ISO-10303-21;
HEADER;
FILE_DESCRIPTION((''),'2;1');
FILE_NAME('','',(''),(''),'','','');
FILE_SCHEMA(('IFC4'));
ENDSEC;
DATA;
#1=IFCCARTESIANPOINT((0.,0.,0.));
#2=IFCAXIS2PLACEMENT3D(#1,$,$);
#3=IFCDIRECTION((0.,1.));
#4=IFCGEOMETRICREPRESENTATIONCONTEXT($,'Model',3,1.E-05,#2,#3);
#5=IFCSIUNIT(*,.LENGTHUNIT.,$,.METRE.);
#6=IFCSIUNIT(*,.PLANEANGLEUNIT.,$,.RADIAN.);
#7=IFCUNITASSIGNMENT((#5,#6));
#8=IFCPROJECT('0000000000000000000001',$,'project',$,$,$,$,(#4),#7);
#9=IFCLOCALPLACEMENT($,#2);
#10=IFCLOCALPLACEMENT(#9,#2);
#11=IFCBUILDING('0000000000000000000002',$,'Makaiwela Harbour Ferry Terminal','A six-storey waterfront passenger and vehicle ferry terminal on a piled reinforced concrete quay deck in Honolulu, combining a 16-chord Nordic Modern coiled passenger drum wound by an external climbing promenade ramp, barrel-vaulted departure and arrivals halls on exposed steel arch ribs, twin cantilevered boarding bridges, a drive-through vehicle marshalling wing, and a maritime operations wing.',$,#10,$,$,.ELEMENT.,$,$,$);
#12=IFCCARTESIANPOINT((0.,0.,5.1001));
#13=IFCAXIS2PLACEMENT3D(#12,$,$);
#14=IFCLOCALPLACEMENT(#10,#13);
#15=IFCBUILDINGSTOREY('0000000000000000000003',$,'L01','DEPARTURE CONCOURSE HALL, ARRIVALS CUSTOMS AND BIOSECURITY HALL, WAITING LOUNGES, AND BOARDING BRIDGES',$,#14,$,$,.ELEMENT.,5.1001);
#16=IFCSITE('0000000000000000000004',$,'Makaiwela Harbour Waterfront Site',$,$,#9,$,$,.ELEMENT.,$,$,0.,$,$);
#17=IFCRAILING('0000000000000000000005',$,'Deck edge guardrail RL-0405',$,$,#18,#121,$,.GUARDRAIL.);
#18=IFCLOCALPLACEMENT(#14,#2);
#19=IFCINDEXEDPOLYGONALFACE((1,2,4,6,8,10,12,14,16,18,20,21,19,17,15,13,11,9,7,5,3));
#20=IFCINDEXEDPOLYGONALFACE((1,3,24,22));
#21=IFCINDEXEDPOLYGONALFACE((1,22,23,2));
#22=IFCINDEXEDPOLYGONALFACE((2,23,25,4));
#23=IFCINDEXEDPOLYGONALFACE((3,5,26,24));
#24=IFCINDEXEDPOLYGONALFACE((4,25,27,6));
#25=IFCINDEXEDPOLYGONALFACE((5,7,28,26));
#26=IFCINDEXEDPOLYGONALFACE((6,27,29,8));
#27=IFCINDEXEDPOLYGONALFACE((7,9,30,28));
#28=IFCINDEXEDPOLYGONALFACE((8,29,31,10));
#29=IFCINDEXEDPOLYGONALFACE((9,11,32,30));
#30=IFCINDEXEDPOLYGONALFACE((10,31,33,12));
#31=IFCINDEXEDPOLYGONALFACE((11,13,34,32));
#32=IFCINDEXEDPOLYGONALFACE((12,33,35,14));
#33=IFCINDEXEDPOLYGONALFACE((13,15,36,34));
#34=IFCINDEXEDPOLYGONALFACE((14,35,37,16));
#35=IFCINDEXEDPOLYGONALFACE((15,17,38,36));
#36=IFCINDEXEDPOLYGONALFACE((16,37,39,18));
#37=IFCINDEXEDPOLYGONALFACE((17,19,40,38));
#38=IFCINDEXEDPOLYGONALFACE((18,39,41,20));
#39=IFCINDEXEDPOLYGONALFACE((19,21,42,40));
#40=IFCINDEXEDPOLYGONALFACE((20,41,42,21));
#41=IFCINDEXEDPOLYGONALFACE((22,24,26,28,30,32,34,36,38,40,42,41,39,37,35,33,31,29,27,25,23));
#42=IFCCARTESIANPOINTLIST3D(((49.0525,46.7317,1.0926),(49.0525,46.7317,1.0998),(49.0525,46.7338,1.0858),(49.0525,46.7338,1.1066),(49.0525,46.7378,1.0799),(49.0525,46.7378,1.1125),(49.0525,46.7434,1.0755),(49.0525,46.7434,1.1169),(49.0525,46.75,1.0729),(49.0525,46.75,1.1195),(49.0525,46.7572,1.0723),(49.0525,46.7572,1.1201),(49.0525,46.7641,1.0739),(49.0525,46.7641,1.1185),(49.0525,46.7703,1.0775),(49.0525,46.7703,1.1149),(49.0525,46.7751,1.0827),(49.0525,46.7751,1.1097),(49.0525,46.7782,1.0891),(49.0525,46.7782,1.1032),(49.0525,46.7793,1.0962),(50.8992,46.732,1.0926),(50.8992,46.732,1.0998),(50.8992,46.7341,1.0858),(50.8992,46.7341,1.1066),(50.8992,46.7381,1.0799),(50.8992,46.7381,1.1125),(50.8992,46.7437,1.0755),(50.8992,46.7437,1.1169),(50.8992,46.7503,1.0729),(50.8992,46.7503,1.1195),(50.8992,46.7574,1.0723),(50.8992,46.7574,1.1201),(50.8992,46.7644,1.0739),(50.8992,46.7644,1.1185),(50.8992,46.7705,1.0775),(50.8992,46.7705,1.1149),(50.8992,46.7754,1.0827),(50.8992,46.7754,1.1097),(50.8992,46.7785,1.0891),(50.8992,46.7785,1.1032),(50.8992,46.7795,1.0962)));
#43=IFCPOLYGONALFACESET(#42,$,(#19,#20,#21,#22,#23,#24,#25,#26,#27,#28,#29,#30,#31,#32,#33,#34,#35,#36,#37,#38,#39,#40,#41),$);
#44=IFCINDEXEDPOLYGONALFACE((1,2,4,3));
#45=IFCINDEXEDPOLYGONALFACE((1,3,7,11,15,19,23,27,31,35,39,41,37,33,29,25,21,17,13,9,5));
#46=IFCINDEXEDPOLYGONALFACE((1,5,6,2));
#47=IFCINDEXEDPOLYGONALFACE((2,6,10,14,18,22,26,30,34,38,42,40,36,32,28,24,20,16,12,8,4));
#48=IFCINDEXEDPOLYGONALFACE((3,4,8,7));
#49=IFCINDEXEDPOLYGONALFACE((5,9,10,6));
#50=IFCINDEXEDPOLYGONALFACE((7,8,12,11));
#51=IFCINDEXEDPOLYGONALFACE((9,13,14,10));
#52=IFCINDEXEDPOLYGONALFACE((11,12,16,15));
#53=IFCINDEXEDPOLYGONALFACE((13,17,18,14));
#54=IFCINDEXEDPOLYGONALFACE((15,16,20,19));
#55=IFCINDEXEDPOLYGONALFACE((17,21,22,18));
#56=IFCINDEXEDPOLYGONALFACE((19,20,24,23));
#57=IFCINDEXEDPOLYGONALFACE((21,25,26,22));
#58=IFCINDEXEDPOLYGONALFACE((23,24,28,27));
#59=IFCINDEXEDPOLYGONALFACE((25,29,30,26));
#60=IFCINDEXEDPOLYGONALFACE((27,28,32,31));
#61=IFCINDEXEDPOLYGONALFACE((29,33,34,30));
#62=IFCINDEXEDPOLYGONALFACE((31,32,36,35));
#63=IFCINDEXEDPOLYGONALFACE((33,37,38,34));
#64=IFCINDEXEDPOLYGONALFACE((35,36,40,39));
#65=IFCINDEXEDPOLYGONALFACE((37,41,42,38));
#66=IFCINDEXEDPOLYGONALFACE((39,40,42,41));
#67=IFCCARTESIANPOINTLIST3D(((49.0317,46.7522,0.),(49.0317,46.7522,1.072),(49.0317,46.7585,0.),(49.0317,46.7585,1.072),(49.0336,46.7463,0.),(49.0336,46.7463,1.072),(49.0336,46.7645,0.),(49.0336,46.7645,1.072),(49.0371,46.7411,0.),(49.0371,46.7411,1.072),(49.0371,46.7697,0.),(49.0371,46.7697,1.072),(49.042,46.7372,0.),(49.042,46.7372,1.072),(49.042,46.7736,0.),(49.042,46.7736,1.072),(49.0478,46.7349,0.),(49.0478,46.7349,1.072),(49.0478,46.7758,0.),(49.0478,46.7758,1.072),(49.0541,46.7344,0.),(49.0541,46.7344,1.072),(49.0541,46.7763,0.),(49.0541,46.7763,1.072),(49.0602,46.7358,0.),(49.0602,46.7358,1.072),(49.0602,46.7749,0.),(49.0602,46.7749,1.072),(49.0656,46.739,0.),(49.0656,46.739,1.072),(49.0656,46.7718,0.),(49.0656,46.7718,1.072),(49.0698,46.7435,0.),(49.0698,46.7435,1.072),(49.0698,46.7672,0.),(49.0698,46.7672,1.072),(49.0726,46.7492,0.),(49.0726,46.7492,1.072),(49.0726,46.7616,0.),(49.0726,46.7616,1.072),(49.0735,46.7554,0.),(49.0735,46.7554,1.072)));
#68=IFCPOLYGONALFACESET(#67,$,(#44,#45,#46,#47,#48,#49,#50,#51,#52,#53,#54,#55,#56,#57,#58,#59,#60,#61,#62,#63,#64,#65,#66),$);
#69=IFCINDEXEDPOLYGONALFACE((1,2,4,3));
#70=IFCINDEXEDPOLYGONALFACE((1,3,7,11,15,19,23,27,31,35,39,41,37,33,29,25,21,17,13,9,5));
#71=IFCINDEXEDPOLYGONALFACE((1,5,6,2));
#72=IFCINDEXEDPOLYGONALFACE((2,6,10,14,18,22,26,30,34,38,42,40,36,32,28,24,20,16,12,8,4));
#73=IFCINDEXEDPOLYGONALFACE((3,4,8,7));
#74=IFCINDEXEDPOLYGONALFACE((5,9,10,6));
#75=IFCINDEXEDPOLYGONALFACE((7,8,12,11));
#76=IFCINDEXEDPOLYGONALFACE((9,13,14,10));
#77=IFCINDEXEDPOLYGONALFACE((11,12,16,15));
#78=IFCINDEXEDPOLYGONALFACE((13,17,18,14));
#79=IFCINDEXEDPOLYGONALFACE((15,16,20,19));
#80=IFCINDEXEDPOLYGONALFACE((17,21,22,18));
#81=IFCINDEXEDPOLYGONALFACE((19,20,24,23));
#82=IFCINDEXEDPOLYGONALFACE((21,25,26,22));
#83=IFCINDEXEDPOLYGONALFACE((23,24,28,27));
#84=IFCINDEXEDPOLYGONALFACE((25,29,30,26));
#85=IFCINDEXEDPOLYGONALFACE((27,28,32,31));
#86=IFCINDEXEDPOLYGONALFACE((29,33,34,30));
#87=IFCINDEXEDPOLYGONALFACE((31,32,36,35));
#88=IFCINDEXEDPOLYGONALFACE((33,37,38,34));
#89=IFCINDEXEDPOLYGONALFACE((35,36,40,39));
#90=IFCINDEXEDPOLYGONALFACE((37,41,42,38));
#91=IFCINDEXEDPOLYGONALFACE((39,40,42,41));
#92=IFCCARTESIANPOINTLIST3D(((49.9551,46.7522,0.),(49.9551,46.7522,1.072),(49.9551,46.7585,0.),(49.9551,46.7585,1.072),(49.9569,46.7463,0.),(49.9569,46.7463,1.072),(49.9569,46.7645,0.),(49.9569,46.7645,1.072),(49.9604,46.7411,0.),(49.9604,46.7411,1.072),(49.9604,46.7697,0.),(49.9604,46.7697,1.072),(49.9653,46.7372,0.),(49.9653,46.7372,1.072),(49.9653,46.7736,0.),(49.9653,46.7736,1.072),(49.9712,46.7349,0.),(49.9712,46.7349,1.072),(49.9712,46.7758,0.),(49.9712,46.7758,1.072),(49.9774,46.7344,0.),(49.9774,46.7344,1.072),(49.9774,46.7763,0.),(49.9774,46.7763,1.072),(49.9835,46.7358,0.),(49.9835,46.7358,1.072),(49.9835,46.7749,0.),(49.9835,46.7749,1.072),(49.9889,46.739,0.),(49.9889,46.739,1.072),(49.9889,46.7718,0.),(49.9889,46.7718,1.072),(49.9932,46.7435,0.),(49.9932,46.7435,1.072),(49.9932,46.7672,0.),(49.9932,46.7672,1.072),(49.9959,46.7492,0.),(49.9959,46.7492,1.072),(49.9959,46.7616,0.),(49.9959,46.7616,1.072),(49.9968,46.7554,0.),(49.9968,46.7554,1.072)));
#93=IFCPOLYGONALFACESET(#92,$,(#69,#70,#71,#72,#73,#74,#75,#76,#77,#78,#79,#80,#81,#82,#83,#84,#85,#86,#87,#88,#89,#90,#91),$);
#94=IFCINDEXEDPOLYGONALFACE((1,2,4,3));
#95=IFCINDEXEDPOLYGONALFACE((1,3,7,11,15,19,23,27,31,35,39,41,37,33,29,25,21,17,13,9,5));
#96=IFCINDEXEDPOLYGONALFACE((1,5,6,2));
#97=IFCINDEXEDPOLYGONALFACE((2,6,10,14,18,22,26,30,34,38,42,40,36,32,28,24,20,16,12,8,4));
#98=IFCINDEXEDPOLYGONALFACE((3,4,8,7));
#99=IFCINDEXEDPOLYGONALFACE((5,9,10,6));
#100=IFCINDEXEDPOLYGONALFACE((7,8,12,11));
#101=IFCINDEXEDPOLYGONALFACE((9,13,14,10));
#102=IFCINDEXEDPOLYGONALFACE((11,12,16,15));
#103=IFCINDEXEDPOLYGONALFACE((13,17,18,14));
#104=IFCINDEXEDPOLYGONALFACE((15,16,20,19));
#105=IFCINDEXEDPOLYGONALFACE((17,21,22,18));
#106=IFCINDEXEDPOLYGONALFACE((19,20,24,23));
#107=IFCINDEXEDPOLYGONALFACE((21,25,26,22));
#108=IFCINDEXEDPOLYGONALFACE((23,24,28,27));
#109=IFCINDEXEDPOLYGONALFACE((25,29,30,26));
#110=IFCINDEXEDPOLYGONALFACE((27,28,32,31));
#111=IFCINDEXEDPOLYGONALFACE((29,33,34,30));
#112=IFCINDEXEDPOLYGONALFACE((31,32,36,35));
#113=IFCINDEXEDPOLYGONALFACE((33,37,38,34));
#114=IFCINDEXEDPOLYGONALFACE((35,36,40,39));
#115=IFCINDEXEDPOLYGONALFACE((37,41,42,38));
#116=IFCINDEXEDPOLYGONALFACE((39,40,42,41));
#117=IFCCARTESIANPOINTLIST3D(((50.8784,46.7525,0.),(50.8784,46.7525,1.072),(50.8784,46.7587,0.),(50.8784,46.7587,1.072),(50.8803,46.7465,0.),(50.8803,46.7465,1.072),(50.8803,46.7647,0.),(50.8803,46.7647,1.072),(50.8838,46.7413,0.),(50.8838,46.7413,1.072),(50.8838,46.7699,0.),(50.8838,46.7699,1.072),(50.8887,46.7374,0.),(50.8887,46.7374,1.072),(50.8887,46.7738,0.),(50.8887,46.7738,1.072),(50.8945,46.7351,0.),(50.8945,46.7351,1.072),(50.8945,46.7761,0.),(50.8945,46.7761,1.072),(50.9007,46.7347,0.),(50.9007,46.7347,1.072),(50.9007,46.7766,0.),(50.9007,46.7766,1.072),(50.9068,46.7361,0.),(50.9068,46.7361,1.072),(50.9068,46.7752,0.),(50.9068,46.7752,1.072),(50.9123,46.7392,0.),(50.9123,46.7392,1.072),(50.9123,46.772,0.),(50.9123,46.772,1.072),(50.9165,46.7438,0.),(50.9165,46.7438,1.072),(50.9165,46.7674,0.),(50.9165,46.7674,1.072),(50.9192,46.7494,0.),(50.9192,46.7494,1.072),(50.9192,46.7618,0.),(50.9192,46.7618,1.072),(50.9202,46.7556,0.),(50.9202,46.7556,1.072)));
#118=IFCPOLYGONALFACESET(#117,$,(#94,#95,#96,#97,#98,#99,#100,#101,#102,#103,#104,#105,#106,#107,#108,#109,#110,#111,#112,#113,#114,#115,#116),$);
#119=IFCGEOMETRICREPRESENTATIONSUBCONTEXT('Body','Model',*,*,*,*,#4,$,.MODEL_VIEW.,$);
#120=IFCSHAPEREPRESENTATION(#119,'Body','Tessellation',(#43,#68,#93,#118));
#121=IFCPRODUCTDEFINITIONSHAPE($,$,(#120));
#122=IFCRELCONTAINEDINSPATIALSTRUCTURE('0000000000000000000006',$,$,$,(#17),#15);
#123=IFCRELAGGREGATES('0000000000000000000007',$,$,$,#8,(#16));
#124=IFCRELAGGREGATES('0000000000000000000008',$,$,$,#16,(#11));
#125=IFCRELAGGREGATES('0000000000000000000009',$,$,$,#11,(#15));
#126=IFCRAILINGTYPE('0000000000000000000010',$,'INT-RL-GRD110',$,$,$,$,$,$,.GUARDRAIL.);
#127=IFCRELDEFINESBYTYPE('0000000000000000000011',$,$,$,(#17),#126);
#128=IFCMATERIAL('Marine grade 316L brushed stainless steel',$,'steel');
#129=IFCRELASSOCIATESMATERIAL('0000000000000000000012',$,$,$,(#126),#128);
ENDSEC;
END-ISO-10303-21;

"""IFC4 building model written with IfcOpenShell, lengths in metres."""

from ifc_helpers import new_model, si_unit, direction, frame, origin, origin_2d, place, context, subcontext, project, spatial, circle, extrude, material, type_object, element, save


model = new_model("IFC4")

# Units and contexts
model_context = context("Model", 3, precision=1e-05, world=origin(), true_north=direction((0.0, 1.0)))
body_context = subcontext(model_context, "Body", "Model", "MODEL_VIEW")
ifc_project = project(units=[si_unit("LENGTHUNIT", "METRE"), si_unit("PLANEANGLEUNIT", "RADIAN")], contexts=[model_context])

# Site, building, storey
site_placement = place(None, origin())
site = spatial("IfcSite", under=ifc_project, at=site_placement, Name="Makaiwela Harbour Waterfront Site", CompositionType="ELEMENT", RefElevation=0.0)
building_placement = place(site_placement, origin())
building = spatial("IfcBuilding", under=site, at=building_placement, Name="Makaiwela Harbour Ferry Terminal", Description="A six-storey waterfront passenger and vehicle ferry terminal on a piled reinforced concrete quay deck in Honolulu, combining a 16-chord Nordic Modern coiled passenger drum wound by an external climbing promenade ramp, barrel-vaulted departure and arrivals halls on exposed steel arch ribs, twin cantilevered boarding bridges, a drive-through vehicle marshalling wing, and a maritime operations wing.", CompositionType="ELEMENT")
storey_placement = place(building_placement, frame((0.0, 0.0, 5.1001)))
storey = spatial("IfcBuildingStorey", under=building, at=storey_placement, Name="L01", Description="DEPARTURE CONCOURSE HALL, ARRIVALS CUSTOMS AND BIOSECURITY HALL, WAITING LOUNGES, AND BOARDING BRIDGES", CompositionType="ELEMENT", Elevation=5.1001)

# Railing
ifc_material_1 = material(Name="Marine grade 316L brushed stainless steel", Category="steel")
railing_type = type_object("IfcRailingType", Name="INT-RL-GRD110", PredefinedType="GUARDRAIL", material=ifc_material_1)
railing_1_placement = place(storey_placement, frame((49.0525, 46.7554, 0.0)))
element("IfcRailing", 1, at=railing_1_placement, inside=storey, type_object=railing_type, Name="Deck edge guardrail RL-0405", PredefinedType="GUARDRAIL", context=body_context, shape_type="SweptSolid", body=[
    extrude(circle(Radius=0.0239, at=origin_2d()), frame((0.0, 0.0, 1.0962), z_axis=(1.0, 0.000132, 0.0), x_axis=(-0.000132, 1.0, 0.0)), (0.0, 0.0, 1.0), 1.8467),
    extrude(circle(Radius=0.021, at=origin_2d()), origin(), (0.0, 0.0, 1.0), 1.072),
    extrude(circle(Radius=0.021, at=origin_2d()), frame((0.9233, 0.0, 0.0)), (0.0, 0.0, 1.0), 1.072),
    extrude(circle(Radius=0.021, at=origin_2d()), frame((1.8467, 0.0002, 0.0)), (0.0, 0.0, 1.0), 1.072),
])

save(model, "model.ifc")
